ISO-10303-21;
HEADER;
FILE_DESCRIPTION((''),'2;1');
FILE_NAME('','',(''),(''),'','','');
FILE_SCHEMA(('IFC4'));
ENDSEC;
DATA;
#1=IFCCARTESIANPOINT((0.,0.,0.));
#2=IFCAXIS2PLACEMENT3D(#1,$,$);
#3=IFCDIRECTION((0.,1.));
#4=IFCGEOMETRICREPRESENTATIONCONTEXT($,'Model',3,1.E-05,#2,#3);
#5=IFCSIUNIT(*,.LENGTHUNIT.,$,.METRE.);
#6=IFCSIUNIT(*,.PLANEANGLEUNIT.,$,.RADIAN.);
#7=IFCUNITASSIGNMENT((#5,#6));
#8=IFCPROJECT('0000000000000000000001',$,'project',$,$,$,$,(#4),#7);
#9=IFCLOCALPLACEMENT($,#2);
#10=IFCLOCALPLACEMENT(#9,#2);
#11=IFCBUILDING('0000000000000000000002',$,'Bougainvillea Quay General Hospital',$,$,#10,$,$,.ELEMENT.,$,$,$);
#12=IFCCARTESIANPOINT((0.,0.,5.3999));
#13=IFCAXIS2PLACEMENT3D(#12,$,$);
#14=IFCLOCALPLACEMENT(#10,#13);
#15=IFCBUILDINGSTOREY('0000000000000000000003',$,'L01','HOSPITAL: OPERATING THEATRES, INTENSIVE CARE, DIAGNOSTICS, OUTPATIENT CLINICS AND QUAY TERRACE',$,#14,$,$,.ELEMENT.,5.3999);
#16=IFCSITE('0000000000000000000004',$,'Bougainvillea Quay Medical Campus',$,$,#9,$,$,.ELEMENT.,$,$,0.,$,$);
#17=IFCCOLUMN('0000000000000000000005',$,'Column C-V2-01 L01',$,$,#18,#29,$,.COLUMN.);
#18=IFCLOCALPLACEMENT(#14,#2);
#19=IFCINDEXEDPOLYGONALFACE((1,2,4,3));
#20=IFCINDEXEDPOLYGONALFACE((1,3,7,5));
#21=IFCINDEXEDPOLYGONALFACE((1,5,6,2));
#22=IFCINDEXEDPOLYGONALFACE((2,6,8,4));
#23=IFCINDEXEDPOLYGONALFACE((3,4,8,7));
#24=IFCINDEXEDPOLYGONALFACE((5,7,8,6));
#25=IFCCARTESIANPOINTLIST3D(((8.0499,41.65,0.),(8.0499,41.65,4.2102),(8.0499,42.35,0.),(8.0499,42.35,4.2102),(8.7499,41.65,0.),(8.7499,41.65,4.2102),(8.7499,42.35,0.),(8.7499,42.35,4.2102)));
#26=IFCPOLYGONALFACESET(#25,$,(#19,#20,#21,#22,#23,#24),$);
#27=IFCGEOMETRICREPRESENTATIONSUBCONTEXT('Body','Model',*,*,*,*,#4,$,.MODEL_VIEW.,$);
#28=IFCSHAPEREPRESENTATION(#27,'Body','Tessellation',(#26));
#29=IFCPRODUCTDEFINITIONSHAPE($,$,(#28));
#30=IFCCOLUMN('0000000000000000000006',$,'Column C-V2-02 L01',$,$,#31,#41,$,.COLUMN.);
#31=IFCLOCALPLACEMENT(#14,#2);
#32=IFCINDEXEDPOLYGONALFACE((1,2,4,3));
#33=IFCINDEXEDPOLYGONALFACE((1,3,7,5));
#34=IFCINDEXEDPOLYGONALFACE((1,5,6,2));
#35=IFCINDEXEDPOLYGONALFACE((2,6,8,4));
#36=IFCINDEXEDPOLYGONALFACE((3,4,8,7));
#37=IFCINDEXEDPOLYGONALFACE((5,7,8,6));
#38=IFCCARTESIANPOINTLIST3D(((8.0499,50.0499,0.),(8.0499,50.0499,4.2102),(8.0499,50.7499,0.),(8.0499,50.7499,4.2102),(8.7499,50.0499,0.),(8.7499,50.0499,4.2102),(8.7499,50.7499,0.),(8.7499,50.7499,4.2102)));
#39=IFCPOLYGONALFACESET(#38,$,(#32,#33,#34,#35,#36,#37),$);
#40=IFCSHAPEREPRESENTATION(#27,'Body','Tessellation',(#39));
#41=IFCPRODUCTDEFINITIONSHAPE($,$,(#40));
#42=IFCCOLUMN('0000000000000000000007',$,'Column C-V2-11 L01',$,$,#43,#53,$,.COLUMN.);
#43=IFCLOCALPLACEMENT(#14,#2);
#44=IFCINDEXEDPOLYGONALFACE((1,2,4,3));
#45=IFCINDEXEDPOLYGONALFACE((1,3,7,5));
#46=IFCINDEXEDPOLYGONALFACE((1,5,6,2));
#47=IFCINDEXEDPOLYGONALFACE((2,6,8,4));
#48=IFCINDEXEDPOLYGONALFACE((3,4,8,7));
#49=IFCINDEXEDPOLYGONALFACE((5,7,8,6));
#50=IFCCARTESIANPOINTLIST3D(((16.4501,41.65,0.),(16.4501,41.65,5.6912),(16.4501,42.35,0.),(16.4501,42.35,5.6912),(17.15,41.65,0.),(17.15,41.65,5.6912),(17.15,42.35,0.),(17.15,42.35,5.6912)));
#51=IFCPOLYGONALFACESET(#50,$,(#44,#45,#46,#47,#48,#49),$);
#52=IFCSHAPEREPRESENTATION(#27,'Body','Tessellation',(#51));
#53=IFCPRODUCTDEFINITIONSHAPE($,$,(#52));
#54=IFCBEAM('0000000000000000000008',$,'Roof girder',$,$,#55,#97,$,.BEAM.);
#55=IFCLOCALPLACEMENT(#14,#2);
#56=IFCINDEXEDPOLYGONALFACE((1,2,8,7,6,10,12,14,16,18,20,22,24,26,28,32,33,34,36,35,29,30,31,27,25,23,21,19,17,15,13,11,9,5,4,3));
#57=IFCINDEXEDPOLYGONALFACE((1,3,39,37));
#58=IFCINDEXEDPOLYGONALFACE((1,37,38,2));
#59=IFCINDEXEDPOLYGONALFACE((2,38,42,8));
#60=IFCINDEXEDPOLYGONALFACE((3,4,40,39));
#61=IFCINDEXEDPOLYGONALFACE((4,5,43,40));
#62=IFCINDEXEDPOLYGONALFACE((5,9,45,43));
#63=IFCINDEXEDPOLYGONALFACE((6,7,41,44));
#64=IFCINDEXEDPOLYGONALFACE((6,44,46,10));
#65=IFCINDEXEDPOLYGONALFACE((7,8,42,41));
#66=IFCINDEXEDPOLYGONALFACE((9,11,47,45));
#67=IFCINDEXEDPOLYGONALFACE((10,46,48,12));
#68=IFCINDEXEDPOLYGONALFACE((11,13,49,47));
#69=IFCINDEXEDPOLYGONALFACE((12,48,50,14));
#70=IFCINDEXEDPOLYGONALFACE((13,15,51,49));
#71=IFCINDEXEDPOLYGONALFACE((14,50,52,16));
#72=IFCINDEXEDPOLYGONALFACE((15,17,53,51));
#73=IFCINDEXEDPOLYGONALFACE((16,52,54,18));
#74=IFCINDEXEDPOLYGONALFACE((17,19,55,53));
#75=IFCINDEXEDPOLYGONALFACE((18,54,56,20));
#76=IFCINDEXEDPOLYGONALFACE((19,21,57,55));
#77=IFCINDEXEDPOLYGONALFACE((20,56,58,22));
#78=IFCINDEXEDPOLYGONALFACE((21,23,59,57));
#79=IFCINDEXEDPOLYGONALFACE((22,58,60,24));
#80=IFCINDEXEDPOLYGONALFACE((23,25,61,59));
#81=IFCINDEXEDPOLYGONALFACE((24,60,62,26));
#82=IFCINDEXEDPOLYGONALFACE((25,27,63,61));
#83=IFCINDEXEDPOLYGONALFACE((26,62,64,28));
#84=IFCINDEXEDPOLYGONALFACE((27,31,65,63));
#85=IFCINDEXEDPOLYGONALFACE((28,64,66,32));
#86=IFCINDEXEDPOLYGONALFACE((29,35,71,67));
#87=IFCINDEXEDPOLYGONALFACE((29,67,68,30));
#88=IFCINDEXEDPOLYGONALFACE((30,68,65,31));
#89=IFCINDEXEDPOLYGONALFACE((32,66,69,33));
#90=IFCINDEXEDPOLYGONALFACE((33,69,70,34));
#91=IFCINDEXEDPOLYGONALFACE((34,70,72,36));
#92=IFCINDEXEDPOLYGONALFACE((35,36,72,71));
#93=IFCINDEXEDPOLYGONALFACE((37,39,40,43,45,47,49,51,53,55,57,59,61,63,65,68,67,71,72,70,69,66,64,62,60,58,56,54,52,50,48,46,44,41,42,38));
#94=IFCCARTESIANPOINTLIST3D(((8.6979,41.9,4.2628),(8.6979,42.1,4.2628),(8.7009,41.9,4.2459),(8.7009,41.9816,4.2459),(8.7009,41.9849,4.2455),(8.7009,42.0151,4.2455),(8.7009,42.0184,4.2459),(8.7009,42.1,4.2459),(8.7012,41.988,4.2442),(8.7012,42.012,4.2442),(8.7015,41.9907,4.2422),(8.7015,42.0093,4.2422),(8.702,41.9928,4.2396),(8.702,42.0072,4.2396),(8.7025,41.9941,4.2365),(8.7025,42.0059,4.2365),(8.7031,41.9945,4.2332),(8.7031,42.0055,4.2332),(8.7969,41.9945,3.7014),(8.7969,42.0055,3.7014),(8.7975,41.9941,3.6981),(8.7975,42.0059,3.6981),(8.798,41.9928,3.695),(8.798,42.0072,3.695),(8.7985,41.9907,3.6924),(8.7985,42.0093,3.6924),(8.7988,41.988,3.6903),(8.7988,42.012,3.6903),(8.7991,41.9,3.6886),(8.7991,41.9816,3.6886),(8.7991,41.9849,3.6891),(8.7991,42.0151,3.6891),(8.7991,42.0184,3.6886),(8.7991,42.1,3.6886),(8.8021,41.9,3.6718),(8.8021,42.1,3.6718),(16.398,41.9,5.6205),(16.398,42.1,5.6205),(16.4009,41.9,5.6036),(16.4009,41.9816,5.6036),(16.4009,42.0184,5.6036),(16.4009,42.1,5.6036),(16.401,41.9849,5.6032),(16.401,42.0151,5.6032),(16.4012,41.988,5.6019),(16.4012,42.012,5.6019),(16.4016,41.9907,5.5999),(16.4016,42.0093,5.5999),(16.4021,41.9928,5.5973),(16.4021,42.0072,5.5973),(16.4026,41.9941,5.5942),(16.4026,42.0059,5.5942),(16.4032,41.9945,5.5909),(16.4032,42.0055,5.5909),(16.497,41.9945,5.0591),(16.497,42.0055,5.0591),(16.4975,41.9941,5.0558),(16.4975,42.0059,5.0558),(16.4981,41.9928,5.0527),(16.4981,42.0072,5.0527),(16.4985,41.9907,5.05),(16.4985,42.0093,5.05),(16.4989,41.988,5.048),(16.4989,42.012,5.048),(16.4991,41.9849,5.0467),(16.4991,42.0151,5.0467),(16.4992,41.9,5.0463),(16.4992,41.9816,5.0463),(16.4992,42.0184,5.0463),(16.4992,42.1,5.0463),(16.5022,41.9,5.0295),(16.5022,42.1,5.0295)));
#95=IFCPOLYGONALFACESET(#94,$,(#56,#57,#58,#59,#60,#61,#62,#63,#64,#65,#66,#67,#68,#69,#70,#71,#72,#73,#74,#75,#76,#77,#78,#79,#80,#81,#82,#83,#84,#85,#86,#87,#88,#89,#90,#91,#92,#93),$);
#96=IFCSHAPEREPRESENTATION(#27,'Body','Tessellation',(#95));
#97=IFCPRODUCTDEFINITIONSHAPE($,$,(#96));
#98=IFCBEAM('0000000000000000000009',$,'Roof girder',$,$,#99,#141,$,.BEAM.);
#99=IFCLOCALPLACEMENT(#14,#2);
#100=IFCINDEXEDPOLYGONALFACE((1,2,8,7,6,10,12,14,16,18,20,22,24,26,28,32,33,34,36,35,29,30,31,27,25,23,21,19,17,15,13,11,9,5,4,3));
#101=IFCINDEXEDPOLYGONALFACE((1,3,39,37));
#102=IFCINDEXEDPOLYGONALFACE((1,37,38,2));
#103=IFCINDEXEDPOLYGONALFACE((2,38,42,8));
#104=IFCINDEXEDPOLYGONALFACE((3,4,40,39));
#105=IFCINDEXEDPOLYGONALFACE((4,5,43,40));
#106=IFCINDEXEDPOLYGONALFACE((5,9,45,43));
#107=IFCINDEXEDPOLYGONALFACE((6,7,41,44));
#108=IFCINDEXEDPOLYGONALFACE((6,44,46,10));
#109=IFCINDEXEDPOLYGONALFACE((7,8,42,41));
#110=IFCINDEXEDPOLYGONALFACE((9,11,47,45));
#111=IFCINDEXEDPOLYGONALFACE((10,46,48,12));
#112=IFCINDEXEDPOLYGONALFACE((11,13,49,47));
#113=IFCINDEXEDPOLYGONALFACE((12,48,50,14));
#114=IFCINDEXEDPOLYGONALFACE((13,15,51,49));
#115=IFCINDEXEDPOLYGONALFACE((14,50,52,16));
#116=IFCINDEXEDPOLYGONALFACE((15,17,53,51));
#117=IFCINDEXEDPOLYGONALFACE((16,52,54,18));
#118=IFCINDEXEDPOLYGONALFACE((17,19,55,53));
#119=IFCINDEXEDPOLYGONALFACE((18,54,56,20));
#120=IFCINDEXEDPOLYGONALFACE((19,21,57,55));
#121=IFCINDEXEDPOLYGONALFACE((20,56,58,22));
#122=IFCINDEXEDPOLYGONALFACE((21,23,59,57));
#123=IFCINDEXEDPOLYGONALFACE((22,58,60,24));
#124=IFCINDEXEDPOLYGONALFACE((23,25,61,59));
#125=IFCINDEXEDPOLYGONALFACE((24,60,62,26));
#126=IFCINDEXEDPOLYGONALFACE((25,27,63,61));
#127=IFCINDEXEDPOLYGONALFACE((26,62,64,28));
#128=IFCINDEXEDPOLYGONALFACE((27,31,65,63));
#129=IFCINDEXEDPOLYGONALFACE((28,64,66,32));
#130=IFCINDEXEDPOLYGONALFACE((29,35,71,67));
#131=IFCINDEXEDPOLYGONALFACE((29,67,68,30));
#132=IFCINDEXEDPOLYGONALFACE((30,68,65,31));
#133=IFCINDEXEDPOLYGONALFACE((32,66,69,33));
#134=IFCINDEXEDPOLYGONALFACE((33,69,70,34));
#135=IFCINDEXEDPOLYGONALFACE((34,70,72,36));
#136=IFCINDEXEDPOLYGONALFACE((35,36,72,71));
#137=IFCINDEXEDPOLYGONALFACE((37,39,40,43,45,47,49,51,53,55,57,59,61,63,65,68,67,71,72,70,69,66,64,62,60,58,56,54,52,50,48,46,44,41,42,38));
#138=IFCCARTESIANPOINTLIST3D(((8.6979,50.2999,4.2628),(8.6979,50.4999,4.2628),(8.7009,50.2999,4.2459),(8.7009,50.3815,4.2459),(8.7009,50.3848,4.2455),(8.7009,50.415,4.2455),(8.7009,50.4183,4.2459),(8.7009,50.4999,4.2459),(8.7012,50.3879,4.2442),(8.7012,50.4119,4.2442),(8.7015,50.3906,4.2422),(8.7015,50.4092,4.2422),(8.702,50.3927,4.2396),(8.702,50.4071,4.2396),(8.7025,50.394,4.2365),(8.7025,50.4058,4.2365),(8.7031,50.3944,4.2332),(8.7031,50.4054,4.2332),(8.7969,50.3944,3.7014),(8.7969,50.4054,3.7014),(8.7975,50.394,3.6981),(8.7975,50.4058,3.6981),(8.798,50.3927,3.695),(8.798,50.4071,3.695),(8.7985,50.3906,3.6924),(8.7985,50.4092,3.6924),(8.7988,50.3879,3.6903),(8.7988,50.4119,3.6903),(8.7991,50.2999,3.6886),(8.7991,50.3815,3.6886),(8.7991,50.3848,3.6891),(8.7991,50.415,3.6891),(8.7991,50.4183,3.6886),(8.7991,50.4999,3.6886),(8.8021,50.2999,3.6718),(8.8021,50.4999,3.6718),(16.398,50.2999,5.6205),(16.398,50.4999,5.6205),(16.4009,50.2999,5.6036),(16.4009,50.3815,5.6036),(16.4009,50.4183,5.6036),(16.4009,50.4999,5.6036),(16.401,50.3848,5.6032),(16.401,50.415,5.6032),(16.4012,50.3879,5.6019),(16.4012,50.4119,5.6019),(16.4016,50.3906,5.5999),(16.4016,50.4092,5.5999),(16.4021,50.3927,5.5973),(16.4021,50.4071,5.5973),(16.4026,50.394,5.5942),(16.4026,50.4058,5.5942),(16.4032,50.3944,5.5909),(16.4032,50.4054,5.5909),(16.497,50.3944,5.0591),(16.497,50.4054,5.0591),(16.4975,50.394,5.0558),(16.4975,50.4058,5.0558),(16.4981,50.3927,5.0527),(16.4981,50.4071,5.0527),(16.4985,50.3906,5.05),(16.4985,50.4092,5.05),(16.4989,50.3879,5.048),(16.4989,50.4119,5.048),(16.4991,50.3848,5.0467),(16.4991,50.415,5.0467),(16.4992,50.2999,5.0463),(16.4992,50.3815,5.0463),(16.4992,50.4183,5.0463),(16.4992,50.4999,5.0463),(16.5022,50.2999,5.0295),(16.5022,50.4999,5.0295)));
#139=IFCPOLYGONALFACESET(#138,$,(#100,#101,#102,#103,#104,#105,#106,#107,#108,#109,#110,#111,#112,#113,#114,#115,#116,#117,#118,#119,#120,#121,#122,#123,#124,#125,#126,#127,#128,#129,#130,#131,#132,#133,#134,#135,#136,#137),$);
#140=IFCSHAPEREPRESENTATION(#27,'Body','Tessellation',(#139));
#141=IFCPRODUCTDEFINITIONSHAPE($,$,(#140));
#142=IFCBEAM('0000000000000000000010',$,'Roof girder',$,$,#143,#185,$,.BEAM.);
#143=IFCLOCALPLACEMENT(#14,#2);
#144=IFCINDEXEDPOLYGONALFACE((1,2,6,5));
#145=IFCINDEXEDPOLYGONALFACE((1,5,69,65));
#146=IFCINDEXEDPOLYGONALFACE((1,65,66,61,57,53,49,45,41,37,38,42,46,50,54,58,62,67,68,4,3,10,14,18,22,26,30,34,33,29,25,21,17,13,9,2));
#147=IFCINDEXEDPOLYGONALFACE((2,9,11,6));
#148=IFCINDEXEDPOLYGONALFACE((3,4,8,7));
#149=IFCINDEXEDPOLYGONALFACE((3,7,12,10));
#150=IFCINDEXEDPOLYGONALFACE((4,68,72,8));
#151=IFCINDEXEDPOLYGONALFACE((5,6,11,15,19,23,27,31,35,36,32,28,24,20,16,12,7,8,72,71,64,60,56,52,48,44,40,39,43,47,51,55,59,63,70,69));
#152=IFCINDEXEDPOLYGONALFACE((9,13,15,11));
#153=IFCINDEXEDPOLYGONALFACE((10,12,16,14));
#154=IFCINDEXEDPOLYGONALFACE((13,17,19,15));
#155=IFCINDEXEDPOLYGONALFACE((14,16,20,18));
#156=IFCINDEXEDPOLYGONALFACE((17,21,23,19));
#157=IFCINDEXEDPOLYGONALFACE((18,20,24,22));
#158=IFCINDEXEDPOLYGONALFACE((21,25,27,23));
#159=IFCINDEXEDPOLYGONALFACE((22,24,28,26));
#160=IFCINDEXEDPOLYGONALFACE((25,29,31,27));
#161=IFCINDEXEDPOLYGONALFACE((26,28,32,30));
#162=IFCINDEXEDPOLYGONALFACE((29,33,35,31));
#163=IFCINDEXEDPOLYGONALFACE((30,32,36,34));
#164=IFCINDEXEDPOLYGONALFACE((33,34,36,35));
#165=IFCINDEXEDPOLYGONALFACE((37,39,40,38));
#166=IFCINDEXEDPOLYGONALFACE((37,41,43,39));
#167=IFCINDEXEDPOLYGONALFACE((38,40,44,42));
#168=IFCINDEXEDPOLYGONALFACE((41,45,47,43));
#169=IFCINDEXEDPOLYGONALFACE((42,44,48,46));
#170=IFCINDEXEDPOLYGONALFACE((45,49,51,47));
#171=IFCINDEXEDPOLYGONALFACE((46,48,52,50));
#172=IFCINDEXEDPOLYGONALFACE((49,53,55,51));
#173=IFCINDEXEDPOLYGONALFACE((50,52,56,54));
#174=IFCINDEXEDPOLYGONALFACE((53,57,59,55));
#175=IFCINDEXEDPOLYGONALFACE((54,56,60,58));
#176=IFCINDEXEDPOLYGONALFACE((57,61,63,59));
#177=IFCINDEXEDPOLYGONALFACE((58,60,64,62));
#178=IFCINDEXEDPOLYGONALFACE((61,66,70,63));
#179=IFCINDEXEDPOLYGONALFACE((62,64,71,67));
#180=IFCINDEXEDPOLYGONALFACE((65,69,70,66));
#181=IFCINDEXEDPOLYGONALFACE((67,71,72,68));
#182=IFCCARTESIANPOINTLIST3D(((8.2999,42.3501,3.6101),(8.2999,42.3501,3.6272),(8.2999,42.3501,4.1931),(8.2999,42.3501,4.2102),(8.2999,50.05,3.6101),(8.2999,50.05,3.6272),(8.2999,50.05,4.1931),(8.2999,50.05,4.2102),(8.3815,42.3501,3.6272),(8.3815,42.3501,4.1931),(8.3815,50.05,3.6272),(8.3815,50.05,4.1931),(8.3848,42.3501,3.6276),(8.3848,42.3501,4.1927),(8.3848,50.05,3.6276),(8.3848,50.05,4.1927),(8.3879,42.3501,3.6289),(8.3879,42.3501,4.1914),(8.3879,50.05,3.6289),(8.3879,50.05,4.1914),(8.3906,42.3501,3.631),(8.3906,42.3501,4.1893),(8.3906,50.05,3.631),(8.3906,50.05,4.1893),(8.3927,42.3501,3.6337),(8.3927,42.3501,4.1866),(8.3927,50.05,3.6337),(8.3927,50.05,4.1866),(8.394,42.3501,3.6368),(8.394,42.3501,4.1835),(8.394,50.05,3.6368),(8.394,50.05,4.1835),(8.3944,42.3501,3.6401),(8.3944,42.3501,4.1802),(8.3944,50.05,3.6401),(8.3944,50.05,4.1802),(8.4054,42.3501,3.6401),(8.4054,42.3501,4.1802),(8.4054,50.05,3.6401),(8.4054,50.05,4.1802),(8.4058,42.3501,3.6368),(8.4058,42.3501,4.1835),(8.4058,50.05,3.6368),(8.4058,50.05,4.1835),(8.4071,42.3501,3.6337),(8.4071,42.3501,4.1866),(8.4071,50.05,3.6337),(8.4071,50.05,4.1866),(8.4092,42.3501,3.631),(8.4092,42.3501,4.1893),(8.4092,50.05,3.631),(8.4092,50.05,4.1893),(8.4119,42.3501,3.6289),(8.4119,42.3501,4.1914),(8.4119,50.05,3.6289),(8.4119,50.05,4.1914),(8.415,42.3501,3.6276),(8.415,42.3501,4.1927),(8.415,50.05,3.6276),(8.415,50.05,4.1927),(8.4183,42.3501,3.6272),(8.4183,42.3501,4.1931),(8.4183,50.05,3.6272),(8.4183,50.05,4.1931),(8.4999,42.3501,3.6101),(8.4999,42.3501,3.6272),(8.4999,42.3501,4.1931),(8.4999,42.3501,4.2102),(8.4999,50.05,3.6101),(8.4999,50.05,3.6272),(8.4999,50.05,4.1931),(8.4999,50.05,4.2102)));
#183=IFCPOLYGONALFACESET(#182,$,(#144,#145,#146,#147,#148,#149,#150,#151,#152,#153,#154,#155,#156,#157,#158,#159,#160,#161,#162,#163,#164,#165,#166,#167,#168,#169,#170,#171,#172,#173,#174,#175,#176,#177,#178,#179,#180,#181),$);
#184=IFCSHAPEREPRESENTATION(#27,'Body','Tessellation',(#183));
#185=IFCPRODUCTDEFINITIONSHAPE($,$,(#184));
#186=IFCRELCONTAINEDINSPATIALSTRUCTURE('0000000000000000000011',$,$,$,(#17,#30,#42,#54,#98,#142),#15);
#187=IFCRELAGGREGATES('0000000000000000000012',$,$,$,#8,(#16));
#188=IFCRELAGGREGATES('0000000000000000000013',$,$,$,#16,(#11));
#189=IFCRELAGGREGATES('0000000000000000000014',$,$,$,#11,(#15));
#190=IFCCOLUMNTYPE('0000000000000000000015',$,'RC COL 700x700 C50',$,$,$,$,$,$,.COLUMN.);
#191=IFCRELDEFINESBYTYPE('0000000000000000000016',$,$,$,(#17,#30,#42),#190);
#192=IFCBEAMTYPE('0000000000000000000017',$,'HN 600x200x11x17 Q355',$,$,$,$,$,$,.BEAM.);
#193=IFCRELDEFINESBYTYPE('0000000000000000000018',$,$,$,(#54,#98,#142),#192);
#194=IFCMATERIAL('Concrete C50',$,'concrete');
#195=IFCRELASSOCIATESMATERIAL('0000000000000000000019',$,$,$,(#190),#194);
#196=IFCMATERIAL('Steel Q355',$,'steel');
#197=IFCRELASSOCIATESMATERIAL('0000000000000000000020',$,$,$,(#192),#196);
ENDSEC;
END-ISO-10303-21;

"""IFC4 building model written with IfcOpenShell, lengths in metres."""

from ifc_helpers import new_model, si_unit, direction, frame, origin, origin_2d, place, context, subcontext, project, spatial, rectangle, i_section, extrude, material, material_profile, profile_set, type_object, element, save


model = new_model("IFC4")

# Units and contexts
model_context = context("Model", 3, precision=1e-05, world=origin(), true_north=direction((0.0, 1.0)))
body_context = subcontext(model_context, "Body", "Model", "MODEL_VIEW")
ifc_project = project(units=[si_unit("LENGTHUNIT", "METRE"), si_unit("PLANEANGLEUNIT", "RADIAN")], contexts=[model_context])

# Site, building, storey
site_placement = place(None, origin())
site = spatial("IfcSite", under=ifc_project, at=site_placement, Name="Bougainvillea Quay Medical Campus", CompositionType="ELEMENT", RefElevation=0.0)
building_placement = place(site_placement, origin())
building = spatial("IfcBuilding", under=site, at=building_placement, Name="Bougainvillea Quay General Hospital", CompositionType="ELEMENT")
storey_placement = place(building_placement, frame((0.0, 0.0, 5.3999)))
storey = spatial("IfcBuildingStorey", under=building, at=storey_placement, Name="L01", Description="HOSPITAL: OPERATING THEATRES, INTENSIVE CARE, DIAGNOSTICS, OUTPATIENT CLINICS AND QUAY TERRACE", CompositionType="ELEMENT", Elevation=5.3999)

# Columns
ifc_material_1 = material(Name="Concrete C50", Category="concrete")
ifc_material_profile_1 = material_profile(ifc_material_1, rectangle(XDim=0.7, YDim=0.7, at=origin_2d()))
ifc_profile_set_1 = profile_set([ifc_material_profile_1], Name="Concrete C50")
column_type = type_object("IfcColumnType", Name="RC COL 700x700 C50", PredefinedType="COLUMN", material=ifc_profile_set_1)
for number, where, z_axis, x_axis, name in (
    (1, (8.3999, 42.0, 0.0), (0.0, 0.0, 1.0), (1.0, 0.0, 0.0), "Column C-V2-01 L01"),
    (2, (8.3999, 50.3999, 0.0), (0.0, 0.0, 1.0), (1.0, 0.0, 0.0), "Column C-V2-02 L01"),
):
    element("IfcColumn", number, at=place(storey_placement, frame(where, z_axis=z_axis, x_axis=x_axis)), inside=storey, type_object=column_type, Name=name, PredefinedType="COLUMN", context=body_context, shape_type="SweptSolid", body=[
        extrude(rectangle(XDim=0.7, YDim=0.7, at=origin_2d()), origin(), (0.0, 0.0, 1.0), 4.2102),
    ])
column_placement = place(storey_placement, frame((16.8, 42.0, 0.0), z_axis=(0.0, 0.0, 1.0), x_axis=(1.0, 0.0, 0.0)))
element("IfcColumn", 3, at=column_placement, inside=storey, type_object=column_type, Name="Column C-V2-11 L01", PredefinedType="COLUMN", context=body_context, shape_type="SweptSolid", body=[
    extrude(rectangle(XDim=0.7, YDim=0.7, at=origin_2d()), origin(), (0.0, 0.0, 1.0), 5.6912),
])

# Beams
ifc_material_2 = material(Name="Steel Q355", Category="steel")
ifc_material_profile_2 = material_profile(ifc_material_2, i_section(OverallWidth=0.2, OverallDepth=0.6001, WebThickness=0.011, FlangeThickness=0.0171, FilletRadius=0.0129, at=origin_2d()))
ifc_profile_set_2 = profile_set([ifc_material_profile_2], Name="Steel Q355")
beam_type_1 = type_object("IfcBeamType", Name="HN 600x200x11x17 Q355", PredefinedType="BEAM", material=ifc_profile_set_2)
for number, where, z_axis, x_axis, name in (
    (4, (8.75, 42.0, 3.9673), (0.984809, 0.0, 0.173643), (0.0, 1.0, 0.0), "Roof girder"),
    (5, (8.75, 50.3999, 3.9673), (0.984809, 0.0, 0.173643), (0.0, 1.0, 0.0), "Roof girder"),
):
    element("IfcBeam", number, at=place(storey_placement, frame(where, z_axis=z_axis, x_axis=x_axis)), inside=storey, type_object=beam_type_1, Name=name, PredefinedType="BEAM", context=body_context, shape_type="SweptSolid", body=[
        extrude(i_section(OverallWidth=0.2, OverallDepth=0.6001, WebThickness=0.011, FlangeThickness=0.0171, FilletRadius=0.0129, at=origin_2d()), origin(), (0.0, 0.0, 1.0), 7.8188),
    ])
for number, where, z_axis, x_axis, name in (
    (6, (8.3999, 42.3501, 3.9102), (0.0, 1.0, 0.0), (-1.0, 0.0, 0.0), "Roof girder"),
):
    element("IfcBeam", number, at=place(storey_placement, frame(where, z_axis=z_axis, x_axis=x_axis)), inside=storey, type_object=beam_type_1, Name=name, PredefinedType="BEAM", context=body_context, shape_type="SweptSolid", body=[
        extrude(i_section(OverallWidth=0.2, OverallDepth=0.6001, WebThickness=0.011, FlangeThickness=0.0171, FilletRadius=0.0129, at=origin_2d()), origin(), (0.0, 0.0, 1.0), 7.7),
    ])

save(model, "model.ifc")
